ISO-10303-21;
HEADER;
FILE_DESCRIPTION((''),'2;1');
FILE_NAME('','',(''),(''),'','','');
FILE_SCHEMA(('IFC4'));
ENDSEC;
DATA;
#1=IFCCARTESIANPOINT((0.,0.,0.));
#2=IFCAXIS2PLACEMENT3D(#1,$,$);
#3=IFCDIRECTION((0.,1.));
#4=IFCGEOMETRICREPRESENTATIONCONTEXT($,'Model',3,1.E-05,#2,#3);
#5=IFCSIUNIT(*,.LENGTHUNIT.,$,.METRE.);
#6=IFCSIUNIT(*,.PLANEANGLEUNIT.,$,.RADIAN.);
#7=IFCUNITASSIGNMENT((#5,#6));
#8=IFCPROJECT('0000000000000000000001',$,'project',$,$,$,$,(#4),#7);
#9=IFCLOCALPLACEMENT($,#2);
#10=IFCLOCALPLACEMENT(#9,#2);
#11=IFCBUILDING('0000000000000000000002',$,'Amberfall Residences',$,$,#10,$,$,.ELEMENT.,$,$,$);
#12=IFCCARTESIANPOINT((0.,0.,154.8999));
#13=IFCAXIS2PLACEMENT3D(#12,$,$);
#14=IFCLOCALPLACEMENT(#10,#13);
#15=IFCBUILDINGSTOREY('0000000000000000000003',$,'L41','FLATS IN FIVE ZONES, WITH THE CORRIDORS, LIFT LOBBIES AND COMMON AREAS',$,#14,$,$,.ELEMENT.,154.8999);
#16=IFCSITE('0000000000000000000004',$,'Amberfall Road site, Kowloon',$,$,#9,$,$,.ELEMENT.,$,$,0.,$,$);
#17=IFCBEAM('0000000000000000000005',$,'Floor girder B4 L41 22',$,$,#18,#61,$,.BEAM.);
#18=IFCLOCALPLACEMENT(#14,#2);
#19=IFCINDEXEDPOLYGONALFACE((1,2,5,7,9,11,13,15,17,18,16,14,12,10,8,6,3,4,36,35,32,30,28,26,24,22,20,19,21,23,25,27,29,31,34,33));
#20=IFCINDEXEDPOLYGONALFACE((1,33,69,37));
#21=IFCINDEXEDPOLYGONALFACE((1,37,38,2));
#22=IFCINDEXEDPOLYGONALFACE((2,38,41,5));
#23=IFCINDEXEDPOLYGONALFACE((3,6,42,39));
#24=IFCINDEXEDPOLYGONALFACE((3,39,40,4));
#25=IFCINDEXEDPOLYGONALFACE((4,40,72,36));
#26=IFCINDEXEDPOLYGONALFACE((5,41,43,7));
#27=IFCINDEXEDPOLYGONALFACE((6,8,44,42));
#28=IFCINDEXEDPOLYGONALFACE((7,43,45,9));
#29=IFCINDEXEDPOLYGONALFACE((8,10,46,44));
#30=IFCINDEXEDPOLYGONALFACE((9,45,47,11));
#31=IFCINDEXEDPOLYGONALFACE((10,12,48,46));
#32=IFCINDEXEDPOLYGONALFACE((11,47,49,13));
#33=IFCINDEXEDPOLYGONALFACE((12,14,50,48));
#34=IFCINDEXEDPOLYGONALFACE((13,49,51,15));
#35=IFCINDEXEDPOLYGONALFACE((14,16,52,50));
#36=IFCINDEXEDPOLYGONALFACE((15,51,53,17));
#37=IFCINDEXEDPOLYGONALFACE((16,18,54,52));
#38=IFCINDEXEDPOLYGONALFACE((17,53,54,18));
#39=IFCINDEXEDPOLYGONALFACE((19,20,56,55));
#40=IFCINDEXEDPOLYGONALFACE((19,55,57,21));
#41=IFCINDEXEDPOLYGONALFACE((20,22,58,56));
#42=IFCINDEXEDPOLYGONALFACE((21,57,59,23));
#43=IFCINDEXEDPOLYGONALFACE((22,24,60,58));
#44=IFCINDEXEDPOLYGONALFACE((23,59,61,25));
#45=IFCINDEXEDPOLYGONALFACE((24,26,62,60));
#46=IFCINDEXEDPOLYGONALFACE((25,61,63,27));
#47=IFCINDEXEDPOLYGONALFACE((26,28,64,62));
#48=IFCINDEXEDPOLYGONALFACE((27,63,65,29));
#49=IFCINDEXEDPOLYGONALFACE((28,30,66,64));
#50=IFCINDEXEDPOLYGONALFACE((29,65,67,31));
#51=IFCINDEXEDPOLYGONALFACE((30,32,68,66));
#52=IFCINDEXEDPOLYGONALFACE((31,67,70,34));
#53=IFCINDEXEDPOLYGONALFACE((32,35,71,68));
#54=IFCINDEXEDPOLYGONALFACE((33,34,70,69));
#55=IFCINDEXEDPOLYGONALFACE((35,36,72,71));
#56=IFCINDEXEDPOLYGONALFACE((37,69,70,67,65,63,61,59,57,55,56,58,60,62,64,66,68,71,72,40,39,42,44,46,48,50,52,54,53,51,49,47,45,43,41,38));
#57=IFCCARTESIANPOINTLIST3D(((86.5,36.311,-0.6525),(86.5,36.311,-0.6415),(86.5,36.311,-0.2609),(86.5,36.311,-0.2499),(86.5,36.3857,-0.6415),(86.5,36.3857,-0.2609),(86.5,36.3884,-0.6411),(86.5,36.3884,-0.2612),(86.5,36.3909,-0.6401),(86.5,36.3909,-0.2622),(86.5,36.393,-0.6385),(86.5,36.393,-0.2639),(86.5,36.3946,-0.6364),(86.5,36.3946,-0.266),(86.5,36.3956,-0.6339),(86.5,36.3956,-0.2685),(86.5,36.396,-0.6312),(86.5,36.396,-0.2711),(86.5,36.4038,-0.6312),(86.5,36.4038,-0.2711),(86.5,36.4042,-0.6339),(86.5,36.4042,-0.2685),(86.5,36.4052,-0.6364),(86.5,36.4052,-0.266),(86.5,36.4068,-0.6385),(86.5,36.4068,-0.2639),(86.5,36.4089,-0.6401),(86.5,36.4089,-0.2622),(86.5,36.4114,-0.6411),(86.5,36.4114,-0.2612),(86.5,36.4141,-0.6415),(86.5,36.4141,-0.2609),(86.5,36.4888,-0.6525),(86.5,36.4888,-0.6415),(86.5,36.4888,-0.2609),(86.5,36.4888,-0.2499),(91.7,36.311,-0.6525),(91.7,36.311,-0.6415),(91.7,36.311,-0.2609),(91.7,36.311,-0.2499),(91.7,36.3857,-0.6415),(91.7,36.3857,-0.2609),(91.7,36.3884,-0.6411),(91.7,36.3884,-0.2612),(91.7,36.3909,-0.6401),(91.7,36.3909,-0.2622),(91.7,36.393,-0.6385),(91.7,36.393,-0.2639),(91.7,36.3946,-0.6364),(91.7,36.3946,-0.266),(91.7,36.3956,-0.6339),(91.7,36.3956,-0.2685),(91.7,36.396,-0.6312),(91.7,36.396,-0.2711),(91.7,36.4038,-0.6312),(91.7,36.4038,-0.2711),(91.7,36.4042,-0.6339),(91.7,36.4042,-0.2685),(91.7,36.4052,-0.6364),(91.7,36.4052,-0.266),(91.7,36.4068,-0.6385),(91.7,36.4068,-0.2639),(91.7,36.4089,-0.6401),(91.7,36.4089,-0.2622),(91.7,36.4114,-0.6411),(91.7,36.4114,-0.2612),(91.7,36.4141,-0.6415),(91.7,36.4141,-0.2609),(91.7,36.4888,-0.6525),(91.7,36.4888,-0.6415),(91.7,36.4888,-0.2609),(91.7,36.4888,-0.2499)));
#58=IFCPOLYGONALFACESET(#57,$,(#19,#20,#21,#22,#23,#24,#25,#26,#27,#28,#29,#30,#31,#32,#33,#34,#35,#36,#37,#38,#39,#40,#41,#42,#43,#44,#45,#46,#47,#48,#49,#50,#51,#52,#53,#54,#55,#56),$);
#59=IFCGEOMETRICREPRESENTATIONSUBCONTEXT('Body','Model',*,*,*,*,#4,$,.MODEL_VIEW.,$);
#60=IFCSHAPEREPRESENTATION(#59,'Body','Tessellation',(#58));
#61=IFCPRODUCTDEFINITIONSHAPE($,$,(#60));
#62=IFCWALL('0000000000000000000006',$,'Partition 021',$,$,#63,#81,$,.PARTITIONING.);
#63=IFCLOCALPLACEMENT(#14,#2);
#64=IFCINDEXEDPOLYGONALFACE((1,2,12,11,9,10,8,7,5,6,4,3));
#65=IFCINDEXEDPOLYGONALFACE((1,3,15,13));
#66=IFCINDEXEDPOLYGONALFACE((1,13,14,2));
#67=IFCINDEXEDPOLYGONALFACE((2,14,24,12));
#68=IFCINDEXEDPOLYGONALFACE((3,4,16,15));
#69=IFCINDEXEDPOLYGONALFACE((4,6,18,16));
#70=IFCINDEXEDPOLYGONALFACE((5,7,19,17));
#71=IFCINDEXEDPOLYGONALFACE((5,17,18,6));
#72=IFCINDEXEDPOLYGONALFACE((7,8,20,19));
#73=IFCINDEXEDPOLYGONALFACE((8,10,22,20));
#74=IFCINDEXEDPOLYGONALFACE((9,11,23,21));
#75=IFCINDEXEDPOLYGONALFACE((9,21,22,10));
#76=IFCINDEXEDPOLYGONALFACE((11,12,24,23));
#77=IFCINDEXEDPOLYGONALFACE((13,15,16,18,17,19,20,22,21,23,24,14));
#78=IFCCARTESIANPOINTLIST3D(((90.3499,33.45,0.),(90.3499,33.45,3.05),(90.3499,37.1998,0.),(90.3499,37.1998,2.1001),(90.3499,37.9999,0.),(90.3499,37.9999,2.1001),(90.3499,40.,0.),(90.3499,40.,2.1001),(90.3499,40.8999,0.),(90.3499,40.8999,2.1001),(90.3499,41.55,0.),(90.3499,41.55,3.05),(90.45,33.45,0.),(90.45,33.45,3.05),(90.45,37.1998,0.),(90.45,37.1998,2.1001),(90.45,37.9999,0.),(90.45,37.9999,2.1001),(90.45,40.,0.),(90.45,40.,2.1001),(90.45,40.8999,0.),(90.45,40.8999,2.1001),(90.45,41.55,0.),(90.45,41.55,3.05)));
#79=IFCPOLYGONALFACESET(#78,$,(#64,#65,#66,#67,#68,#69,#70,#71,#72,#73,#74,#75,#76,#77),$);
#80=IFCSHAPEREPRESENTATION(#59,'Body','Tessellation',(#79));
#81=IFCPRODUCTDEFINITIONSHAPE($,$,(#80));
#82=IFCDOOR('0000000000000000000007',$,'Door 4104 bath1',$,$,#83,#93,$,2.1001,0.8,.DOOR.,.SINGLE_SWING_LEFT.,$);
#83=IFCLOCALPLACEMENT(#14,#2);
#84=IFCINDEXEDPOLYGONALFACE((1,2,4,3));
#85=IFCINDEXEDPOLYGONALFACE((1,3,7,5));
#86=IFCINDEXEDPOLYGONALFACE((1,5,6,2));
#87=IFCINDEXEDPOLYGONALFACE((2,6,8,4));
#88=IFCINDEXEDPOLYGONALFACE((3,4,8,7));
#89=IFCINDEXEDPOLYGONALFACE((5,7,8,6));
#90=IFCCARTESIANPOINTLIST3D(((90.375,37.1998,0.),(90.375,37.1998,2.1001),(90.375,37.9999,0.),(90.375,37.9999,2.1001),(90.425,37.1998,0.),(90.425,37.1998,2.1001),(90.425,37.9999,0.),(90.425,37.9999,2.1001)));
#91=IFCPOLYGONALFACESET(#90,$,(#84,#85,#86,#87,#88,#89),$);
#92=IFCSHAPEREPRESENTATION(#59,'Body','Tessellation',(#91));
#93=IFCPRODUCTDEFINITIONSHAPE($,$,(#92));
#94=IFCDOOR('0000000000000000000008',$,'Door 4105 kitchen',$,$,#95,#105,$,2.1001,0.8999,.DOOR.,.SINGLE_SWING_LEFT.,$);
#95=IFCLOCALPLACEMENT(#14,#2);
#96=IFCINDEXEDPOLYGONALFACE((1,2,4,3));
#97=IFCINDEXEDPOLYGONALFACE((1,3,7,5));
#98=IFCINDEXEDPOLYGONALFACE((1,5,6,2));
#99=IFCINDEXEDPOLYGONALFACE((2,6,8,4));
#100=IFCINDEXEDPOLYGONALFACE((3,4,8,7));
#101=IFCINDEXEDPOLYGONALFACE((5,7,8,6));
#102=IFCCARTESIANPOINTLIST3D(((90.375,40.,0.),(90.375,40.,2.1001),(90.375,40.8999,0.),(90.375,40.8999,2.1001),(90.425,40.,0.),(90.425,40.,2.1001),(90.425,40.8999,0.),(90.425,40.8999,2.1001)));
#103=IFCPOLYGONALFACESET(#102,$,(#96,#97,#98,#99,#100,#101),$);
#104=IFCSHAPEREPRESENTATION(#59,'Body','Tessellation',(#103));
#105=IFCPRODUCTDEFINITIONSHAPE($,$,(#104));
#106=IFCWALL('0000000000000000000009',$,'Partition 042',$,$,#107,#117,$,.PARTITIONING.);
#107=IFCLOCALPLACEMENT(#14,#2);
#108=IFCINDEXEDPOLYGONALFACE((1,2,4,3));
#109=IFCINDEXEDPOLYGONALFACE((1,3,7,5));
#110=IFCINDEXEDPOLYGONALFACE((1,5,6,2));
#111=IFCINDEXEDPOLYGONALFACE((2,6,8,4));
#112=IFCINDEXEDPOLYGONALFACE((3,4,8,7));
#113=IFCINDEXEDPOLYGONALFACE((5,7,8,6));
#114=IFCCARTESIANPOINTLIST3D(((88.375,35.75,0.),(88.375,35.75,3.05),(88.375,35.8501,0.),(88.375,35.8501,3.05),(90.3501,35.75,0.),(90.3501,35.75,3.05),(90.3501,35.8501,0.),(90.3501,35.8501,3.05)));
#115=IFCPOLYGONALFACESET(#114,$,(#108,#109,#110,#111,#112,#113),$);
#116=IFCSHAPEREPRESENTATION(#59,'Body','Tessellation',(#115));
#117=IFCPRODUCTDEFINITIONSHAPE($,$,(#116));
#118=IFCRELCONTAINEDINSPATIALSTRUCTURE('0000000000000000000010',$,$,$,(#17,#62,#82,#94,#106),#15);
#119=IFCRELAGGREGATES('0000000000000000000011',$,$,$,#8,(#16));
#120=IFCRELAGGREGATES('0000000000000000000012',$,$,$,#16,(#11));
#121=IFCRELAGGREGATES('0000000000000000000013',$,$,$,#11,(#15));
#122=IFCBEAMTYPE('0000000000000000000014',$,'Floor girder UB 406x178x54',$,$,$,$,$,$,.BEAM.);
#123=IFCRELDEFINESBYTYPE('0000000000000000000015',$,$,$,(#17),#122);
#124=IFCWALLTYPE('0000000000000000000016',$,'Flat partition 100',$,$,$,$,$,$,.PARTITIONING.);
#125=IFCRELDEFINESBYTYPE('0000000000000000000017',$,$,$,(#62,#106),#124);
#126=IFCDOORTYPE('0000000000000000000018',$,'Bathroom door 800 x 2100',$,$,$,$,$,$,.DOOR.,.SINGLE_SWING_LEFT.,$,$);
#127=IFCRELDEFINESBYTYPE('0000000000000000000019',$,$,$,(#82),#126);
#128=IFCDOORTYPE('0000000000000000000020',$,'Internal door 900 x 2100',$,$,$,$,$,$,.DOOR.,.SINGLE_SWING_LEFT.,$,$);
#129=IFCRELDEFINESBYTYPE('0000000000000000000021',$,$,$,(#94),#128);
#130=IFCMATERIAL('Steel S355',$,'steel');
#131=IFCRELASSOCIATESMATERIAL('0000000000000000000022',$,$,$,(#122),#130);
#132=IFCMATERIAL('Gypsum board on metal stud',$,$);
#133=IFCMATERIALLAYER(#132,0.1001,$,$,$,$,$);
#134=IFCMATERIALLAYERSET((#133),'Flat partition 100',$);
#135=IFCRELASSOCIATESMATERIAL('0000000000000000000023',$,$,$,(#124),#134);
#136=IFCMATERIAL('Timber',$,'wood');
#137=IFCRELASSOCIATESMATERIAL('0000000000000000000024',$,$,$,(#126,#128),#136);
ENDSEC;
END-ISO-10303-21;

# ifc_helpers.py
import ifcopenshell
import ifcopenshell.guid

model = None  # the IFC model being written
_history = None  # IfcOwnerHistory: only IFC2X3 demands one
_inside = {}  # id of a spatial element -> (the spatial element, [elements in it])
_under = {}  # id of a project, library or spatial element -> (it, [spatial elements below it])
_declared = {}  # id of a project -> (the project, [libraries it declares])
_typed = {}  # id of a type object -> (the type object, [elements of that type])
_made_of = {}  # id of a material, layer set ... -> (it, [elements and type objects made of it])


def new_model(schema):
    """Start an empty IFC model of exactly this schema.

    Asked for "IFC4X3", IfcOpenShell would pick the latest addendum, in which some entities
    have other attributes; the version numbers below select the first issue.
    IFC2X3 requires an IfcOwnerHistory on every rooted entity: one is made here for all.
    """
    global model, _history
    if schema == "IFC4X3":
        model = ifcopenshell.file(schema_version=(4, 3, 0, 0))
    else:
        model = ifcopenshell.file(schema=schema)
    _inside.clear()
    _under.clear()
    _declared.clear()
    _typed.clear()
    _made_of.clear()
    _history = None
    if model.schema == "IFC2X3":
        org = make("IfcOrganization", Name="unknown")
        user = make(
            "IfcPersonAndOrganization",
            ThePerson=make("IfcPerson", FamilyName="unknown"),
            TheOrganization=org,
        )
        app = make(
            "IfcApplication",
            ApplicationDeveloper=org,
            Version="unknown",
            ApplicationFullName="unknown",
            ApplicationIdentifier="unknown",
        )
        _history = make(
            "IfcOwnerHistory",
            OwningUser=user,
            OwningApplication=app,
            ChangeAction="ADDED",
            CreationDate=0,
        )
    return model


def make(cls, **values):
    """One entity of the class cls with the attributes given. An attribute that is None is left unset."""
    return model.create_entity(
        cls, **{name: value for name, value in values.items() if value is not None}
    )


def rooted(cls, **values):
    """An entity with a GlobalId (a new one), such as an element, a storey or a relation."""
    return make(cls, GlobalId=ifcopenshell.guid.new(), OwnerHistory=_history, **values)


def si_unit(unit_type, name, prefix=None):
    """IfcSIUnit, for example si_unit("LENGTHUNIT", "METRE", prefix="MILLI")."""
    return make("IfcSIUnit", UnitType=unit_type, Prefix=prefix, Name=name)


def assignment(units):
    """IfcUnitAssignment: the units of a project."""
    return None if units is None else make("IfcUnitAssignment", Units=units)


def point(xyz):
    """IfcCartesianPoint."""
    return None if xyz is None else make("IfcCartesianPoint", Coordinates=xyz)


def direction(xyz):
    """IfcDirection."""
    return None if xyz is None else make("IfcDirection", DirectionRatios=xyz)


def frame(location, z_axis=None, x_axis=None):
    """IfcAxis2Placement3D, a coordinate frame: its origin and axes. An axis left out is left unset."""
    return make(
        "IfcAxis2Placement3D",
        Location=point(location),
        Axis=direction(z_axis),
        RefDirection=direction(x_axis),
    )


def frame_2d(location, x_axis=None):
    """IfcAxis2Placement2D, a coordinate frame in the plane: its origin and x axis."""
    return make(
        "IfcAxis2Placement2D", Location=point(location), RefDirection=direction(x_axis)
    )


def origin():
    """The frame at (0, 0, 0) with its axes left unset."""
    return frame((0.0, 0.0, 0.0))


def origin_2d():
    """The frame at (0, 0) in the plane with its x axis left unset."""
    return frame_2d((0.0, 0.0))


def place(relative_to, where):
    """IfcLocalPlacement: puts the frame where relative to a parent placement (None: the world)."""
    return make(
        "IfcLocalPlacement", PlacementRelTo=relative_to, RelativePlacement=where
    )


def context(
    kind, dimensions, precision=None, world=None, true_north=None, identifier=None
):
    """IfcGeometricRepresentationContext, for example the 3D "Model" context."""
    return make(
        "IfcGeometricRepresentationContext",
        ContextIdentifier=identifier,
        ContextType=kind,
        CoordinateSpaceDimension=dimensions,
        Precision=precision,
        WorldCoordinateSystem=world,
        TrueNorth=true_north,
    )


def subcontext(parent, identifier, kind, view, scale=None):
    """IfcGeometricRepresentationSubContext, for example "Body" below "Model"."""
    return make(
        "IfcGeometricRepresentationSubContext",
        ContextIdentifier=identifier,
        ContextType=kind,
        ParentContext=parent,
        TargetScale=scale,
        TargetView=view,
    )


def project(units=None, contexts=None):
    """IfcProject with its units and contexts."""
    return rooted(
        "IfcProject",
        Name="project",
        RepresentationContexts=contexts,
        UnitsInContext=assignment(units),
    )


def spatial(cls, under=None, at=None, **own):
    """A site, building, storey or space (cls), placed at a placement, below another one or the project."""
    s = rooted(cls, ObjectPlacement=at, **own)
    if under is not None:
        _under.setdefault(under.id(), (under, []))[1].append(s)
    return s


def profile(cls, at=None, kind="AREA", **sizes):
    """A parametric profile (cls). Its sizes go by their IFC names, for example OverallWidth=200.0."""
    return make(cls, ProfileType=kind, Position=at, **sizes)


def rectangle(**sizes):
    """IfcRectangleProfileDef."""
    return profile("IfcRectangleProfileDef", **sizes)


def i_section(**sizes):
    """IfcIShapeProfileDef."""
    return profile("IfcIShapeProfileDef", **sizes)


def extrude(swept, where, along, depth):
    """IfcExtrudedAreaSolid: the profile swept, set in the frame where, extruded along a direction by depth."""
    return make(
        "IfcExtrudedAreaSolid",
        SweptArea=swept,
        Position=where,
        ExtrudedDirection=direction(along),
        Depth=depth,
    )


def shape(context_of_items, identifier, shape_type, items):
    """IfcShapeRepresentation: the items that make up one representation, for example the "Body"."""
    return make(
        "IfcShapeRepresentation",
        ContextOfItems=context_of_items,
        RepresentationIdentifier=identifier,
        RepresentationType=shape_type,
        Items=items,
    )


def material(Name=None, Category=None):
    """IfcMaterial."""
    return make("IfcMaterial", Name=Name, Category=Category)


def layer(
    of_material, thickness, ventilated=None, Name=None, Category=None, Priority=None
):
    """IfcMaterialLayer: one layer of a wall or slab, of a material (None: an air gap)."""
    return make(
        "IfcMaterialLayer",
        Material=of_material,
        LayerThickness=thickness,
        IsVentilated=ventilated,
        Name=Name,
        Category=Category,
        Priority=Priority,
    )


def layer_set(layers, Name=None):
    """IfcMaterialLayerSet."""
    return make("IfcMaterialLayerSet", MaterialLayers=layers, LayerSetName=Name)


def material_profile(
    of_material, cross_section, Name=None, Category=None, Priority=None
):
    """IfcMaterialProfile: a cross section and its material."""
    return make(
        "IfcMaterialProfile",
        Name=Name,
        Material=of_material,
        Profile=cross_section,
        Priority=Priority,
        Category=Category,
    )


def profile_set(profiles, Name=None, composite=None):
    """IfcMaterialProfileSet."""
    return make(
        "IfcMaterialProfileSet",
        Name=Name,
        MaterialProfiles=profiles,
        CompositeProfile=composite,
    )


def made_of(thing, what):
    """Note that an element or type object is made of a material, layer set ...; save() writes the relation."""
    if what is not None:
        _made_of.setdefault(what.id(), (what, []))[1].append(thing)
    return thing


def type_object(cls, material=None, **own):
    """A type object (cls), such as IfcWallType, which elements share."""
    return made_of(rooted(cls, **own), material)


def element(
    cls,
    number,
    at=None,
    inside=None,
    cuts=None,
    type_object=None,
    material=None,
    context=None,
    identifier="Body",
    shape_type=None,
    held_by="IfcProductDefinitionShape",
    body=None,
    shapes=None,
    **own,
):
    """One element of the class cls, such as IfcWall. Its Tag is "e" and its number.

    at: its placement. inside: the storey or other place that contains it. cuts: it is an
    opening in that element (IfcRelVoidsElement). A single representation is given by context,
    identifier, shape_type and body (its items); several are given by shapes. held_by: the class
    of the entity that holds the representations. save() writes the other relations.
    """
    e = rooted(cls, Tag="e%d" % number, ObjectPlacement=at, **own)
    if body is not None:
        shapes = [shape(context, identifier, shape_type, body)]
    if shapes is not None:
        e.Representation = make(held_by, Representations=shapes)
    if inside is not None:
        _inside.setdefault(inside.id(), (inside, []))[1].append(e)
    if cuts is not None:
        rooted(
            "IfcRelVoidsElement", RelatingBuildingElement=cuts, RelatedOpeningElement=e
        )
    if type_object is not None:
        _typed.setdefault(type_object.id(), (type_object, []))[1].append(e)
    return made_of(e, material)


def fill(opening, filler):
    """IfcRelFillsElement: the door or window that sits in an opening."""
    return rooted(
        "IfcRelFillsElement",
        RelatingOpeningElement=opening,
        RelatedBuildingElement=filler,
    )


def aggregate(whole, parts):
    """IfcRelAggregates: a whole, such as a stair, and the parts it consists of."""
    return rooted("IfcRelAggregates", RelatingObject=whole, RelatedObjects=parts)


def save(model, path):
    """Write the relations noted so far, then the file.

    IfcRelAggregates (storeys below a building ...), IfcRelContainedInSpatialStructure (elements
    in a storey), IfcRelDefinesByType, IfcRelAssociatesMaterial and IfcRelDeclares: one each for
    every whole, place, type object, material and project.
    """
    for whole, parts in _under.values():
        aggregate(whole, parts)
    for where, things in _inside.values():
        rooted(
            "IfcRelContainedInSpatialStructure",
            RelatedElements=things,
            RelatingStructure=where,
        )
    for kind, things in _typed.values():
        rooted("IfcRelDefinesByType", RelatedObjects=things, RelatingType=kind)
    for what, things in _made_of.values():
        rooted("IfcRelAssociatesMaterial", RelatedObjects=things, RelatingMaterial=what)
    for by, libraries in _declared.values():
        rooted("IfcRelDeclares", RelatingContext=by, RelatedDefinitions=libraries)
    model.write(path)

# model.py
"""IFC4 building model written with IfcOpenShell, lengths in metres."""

from ifc_helpers import new_model, si_unit, direction, frame, frame_2d, origin, origin_2d, place, context, subcontext, project, spatial, rectangle, i_section, extrude, material, layer, layer_set, material_profile, profile_set, type_object, element, fill, save


model = new_model("IFC4")

# Units and contexts
model_context = context("Model", 3, precision=1e-05, world=origin(), true_north=direction((0.0, 1.0)))
body_context = subcontext(model_context, "Body", "Model", "MODEL_VIEW")
ifc_project = project(units=[si_unit("LENGTHUNIT", "METRE"), si_unit("PLANEANGLEUNIT", "RADIAN")], contexts=[model_context])

# Site, building, storey
site_placement = place(None, origin())
site = spatial("IfcSite", under=ifc_project, at=site_placement, Name="Amberfall Road site, Kowloon", CompositionType="ELEMENT", RefElevation=0.0)
building_placement = place(site_placement, origin())
building = spatial("IfcBuilding", under=site, at=building_placement, Name="Amberfall Residences", CompositionType="ELEMENT")
storey_placement = place(building_placement, frame((0.0, 0.0, 154.8999)))
storey = spatial("IfcBuildingStorey", under=building, at=storey_placement, Name="L41", Description="FLATS IN FIVE ZONES, WITH THE CORRIDORS, LIFT LOBBIES AND COMMON AREAS", CompositionType="ELEMENT", Elevation=154.8999)

# Beam
ifc_material_1 = material(Name="Steel S355", Category="steel")
ifc_material_profile_1 = material_profile(ifc_material_1, i_section(OverallWidth=0.1777, OverallDepth=0.4026, WebThickness=0.0078, FlangeThickness=0.011, FilletRadius=0.0103, at=origin_2d()), Name="UB 406x178x54")
ifc_profile_set_1 = profile_set([ifc_material_profile_1], Name="Steel S355")
beam_type_1 = type_object("IfcBeamType", Name="Floor girder UB 406x178x54", PredefinedType="BEAM", material=ifc_profile_set_1)
beam_1_placement = place(storey_placement, frame((91.7, 36.3999, -0.4512), z_axis=(-1.0, 0.0, 0.0), x_axis=(0.0, -1.0, 0.0)))
element("IfcBeam", 1, at=beam_1_placement, inside=storey, type_object=beam_type_1, Name="Floor girder B4 L41 22", PredefinedType="BEAM", context=body_context, shape_type="SweptSolid", body=[
    extrude(i_section(OverallWidth=0.1777, OverallDepth=0.4026, WebThickness=0.0078, FlangeThickness=0.011, FilletRadius=0.0103, at=origin_2d()), origin(), (0.0, 0.0, 1.0), 5.2),
])

# Wall, openings, doors
ifc_material_2 = material(Name="Gypsum board on metal stud")
ifc_layer_1 = layer(ifc_material_2, 0.1001)
ifc_layer_set_1 = layer_set([ifc_layer_1], Name="Flat partition 100")
wall_type_1 = type_object("IfcWallType", Name="Flat partition 100", PredefinedType="PARTITIONING", material=ifc_layer_set_1)
wall_1_placement = place(storey_placement, frame((90.3999, 33.45, 0.0), z_axis=(0.0, 0.0, 1.0), x_axis=(0.0, 1.0, 0.0)))
wall_1 = element("IfcWall", 2, at=wall_1_placement, inside=storey, type_object=wall_type_1, Name="Partition 021", PredefinedType="PARTITIONING", context=body_context, shape_type="SweptSolid", body=[
    extrude(rectangle(XDim=8.1001, YDim=0.1001, at=frame_2d((4.05, 0.0))), origin(), (0.0, 0.0, 1.0), 3.05),
])
opening_1_placement = place(wall_1_placement, frame((3.75, 0.0, 0.0)))
opening_1 = element("IfcOpeningElement", 3, at=opening_1_placement, cuts=wall_1, PredefinedType="OPENING", context=body_context, shape_type="SweptSolid", body=[
    extrude(rectangle(XDim=0.8, YDim=2.1001, at=frame_2d((0.3999, 1.05))), frame((0.0, 0.0601, 0.0), z_axis=(0.0, -1.0, 0.0), x_axis=(1.0, 0.0, 0.0)), (0.0, 0.0, 1.0), 0.1201),
])
opening_2_placement = place(wall_1_placement, frame((6.55, 0.0, 0.0)))
opening_2 = element("IfcOpeningElement", 4, at=opening_2_placement, cuts=wall_1, PredefinedType="OPENING", context=body_context, shape_type="SweptSolid", body=[
    extrude(rectangle(XDim=0.8999, YDim=2.1001, at=frame_2d((0.45, 1.05))), frame((0.0, 0.0601, 0.0), z_axis=(0.0, -1.0, 0.0), x_axis=(1.0, 0.0, 0.0)), (0.0, 0.0, 1.0), 0.1201),
])
ifc_material_3 = material(Name="Timber", Category="wood")
door_type_1 = type_object("IfcDoorType", Name="Bathroom door 800 x 2100", OperationType="SINGLE_SWING_LEFT", PredefinedType="DOOR", material=ifc_material_3)
door_1_placement = place(opening_1_placement, origin())
door_1 = element("IfcDoor", 5, at=door_1_placement, inside=storey, type_object=door_type_1, Name="Door 4104 bath1", OperationType="SINGLE_SWING_LEFT", OverallHeight=2.1001, OverallWidth=0.8, PredefinedType="DOOR", context=body_context, shape_type="SweptSolid", body=[
    extrude(rectangle(XDim=0.8, YDim=2.1001, at=frame_2d((0.3999, 1.05))), frame((0.0, 0.0249, 0.0), z_axis=(0.0, -1.0, 0.0), x_axis=(1.0, 0.0, 0.0)), (0.0, 0.0, 1.0), 0.05),
])
fill(opening_1, door_1)
door_type_2 = type_object("IfcDoorType", Name="Internal door 900 x 2100", OperationType="SINGLE_SWING_LEFT", PredefinedType="DOOR", material=ifc_material_3)
door_2_placement = place(opening_2_placement, origin())
door_2 = element("IfcDoor", 6, at=door_2_placement, inside=storey, type_object=door_type_2, Name="Door 4105 kitchen", OperationType="SINGLE_SWING_LEFT", OverallHeight=2.1001, OverallWidth=0.8999, PredefinedType="DOOR", context=body_context, shape_type="SweptSolid", body=[
    extrude(rectangle(XDim=0.8999, YDim=2.1001, at=frame_2d((0.45, 1.05))), frame((0.0, 0.0249, 0.0), z_axis=(0.0, -1.0, 0.0), x_axis=(1.0, 0.0, 0.0)), (0.0, 0.0, 1.0), 0.05),
])
fill(opening_2, door_2)

# Wall
wall_2_placement = place(storey_placement, frame((88.375, 35.8, 0.0), z_axis=(0.0, 0.0, 1.0), x_axis=(1.0, 0.0, 0.0)))
element("IfcWall", 7, at=wall_2_placement, inside=storey, type_object=wall_type_1, Name="Partition 042", PredefinedType="PARTITIONING", context=body_context, shape_type="SweptSolid", body=[
    extrude(rectangle(XDim=1.9751, YDim=0.1001, at=frame_2d((0.9875, 0.0))), origin(), (0.0, 0.0, 1.0), 3.05),
])

save(model, "model.ifc")
